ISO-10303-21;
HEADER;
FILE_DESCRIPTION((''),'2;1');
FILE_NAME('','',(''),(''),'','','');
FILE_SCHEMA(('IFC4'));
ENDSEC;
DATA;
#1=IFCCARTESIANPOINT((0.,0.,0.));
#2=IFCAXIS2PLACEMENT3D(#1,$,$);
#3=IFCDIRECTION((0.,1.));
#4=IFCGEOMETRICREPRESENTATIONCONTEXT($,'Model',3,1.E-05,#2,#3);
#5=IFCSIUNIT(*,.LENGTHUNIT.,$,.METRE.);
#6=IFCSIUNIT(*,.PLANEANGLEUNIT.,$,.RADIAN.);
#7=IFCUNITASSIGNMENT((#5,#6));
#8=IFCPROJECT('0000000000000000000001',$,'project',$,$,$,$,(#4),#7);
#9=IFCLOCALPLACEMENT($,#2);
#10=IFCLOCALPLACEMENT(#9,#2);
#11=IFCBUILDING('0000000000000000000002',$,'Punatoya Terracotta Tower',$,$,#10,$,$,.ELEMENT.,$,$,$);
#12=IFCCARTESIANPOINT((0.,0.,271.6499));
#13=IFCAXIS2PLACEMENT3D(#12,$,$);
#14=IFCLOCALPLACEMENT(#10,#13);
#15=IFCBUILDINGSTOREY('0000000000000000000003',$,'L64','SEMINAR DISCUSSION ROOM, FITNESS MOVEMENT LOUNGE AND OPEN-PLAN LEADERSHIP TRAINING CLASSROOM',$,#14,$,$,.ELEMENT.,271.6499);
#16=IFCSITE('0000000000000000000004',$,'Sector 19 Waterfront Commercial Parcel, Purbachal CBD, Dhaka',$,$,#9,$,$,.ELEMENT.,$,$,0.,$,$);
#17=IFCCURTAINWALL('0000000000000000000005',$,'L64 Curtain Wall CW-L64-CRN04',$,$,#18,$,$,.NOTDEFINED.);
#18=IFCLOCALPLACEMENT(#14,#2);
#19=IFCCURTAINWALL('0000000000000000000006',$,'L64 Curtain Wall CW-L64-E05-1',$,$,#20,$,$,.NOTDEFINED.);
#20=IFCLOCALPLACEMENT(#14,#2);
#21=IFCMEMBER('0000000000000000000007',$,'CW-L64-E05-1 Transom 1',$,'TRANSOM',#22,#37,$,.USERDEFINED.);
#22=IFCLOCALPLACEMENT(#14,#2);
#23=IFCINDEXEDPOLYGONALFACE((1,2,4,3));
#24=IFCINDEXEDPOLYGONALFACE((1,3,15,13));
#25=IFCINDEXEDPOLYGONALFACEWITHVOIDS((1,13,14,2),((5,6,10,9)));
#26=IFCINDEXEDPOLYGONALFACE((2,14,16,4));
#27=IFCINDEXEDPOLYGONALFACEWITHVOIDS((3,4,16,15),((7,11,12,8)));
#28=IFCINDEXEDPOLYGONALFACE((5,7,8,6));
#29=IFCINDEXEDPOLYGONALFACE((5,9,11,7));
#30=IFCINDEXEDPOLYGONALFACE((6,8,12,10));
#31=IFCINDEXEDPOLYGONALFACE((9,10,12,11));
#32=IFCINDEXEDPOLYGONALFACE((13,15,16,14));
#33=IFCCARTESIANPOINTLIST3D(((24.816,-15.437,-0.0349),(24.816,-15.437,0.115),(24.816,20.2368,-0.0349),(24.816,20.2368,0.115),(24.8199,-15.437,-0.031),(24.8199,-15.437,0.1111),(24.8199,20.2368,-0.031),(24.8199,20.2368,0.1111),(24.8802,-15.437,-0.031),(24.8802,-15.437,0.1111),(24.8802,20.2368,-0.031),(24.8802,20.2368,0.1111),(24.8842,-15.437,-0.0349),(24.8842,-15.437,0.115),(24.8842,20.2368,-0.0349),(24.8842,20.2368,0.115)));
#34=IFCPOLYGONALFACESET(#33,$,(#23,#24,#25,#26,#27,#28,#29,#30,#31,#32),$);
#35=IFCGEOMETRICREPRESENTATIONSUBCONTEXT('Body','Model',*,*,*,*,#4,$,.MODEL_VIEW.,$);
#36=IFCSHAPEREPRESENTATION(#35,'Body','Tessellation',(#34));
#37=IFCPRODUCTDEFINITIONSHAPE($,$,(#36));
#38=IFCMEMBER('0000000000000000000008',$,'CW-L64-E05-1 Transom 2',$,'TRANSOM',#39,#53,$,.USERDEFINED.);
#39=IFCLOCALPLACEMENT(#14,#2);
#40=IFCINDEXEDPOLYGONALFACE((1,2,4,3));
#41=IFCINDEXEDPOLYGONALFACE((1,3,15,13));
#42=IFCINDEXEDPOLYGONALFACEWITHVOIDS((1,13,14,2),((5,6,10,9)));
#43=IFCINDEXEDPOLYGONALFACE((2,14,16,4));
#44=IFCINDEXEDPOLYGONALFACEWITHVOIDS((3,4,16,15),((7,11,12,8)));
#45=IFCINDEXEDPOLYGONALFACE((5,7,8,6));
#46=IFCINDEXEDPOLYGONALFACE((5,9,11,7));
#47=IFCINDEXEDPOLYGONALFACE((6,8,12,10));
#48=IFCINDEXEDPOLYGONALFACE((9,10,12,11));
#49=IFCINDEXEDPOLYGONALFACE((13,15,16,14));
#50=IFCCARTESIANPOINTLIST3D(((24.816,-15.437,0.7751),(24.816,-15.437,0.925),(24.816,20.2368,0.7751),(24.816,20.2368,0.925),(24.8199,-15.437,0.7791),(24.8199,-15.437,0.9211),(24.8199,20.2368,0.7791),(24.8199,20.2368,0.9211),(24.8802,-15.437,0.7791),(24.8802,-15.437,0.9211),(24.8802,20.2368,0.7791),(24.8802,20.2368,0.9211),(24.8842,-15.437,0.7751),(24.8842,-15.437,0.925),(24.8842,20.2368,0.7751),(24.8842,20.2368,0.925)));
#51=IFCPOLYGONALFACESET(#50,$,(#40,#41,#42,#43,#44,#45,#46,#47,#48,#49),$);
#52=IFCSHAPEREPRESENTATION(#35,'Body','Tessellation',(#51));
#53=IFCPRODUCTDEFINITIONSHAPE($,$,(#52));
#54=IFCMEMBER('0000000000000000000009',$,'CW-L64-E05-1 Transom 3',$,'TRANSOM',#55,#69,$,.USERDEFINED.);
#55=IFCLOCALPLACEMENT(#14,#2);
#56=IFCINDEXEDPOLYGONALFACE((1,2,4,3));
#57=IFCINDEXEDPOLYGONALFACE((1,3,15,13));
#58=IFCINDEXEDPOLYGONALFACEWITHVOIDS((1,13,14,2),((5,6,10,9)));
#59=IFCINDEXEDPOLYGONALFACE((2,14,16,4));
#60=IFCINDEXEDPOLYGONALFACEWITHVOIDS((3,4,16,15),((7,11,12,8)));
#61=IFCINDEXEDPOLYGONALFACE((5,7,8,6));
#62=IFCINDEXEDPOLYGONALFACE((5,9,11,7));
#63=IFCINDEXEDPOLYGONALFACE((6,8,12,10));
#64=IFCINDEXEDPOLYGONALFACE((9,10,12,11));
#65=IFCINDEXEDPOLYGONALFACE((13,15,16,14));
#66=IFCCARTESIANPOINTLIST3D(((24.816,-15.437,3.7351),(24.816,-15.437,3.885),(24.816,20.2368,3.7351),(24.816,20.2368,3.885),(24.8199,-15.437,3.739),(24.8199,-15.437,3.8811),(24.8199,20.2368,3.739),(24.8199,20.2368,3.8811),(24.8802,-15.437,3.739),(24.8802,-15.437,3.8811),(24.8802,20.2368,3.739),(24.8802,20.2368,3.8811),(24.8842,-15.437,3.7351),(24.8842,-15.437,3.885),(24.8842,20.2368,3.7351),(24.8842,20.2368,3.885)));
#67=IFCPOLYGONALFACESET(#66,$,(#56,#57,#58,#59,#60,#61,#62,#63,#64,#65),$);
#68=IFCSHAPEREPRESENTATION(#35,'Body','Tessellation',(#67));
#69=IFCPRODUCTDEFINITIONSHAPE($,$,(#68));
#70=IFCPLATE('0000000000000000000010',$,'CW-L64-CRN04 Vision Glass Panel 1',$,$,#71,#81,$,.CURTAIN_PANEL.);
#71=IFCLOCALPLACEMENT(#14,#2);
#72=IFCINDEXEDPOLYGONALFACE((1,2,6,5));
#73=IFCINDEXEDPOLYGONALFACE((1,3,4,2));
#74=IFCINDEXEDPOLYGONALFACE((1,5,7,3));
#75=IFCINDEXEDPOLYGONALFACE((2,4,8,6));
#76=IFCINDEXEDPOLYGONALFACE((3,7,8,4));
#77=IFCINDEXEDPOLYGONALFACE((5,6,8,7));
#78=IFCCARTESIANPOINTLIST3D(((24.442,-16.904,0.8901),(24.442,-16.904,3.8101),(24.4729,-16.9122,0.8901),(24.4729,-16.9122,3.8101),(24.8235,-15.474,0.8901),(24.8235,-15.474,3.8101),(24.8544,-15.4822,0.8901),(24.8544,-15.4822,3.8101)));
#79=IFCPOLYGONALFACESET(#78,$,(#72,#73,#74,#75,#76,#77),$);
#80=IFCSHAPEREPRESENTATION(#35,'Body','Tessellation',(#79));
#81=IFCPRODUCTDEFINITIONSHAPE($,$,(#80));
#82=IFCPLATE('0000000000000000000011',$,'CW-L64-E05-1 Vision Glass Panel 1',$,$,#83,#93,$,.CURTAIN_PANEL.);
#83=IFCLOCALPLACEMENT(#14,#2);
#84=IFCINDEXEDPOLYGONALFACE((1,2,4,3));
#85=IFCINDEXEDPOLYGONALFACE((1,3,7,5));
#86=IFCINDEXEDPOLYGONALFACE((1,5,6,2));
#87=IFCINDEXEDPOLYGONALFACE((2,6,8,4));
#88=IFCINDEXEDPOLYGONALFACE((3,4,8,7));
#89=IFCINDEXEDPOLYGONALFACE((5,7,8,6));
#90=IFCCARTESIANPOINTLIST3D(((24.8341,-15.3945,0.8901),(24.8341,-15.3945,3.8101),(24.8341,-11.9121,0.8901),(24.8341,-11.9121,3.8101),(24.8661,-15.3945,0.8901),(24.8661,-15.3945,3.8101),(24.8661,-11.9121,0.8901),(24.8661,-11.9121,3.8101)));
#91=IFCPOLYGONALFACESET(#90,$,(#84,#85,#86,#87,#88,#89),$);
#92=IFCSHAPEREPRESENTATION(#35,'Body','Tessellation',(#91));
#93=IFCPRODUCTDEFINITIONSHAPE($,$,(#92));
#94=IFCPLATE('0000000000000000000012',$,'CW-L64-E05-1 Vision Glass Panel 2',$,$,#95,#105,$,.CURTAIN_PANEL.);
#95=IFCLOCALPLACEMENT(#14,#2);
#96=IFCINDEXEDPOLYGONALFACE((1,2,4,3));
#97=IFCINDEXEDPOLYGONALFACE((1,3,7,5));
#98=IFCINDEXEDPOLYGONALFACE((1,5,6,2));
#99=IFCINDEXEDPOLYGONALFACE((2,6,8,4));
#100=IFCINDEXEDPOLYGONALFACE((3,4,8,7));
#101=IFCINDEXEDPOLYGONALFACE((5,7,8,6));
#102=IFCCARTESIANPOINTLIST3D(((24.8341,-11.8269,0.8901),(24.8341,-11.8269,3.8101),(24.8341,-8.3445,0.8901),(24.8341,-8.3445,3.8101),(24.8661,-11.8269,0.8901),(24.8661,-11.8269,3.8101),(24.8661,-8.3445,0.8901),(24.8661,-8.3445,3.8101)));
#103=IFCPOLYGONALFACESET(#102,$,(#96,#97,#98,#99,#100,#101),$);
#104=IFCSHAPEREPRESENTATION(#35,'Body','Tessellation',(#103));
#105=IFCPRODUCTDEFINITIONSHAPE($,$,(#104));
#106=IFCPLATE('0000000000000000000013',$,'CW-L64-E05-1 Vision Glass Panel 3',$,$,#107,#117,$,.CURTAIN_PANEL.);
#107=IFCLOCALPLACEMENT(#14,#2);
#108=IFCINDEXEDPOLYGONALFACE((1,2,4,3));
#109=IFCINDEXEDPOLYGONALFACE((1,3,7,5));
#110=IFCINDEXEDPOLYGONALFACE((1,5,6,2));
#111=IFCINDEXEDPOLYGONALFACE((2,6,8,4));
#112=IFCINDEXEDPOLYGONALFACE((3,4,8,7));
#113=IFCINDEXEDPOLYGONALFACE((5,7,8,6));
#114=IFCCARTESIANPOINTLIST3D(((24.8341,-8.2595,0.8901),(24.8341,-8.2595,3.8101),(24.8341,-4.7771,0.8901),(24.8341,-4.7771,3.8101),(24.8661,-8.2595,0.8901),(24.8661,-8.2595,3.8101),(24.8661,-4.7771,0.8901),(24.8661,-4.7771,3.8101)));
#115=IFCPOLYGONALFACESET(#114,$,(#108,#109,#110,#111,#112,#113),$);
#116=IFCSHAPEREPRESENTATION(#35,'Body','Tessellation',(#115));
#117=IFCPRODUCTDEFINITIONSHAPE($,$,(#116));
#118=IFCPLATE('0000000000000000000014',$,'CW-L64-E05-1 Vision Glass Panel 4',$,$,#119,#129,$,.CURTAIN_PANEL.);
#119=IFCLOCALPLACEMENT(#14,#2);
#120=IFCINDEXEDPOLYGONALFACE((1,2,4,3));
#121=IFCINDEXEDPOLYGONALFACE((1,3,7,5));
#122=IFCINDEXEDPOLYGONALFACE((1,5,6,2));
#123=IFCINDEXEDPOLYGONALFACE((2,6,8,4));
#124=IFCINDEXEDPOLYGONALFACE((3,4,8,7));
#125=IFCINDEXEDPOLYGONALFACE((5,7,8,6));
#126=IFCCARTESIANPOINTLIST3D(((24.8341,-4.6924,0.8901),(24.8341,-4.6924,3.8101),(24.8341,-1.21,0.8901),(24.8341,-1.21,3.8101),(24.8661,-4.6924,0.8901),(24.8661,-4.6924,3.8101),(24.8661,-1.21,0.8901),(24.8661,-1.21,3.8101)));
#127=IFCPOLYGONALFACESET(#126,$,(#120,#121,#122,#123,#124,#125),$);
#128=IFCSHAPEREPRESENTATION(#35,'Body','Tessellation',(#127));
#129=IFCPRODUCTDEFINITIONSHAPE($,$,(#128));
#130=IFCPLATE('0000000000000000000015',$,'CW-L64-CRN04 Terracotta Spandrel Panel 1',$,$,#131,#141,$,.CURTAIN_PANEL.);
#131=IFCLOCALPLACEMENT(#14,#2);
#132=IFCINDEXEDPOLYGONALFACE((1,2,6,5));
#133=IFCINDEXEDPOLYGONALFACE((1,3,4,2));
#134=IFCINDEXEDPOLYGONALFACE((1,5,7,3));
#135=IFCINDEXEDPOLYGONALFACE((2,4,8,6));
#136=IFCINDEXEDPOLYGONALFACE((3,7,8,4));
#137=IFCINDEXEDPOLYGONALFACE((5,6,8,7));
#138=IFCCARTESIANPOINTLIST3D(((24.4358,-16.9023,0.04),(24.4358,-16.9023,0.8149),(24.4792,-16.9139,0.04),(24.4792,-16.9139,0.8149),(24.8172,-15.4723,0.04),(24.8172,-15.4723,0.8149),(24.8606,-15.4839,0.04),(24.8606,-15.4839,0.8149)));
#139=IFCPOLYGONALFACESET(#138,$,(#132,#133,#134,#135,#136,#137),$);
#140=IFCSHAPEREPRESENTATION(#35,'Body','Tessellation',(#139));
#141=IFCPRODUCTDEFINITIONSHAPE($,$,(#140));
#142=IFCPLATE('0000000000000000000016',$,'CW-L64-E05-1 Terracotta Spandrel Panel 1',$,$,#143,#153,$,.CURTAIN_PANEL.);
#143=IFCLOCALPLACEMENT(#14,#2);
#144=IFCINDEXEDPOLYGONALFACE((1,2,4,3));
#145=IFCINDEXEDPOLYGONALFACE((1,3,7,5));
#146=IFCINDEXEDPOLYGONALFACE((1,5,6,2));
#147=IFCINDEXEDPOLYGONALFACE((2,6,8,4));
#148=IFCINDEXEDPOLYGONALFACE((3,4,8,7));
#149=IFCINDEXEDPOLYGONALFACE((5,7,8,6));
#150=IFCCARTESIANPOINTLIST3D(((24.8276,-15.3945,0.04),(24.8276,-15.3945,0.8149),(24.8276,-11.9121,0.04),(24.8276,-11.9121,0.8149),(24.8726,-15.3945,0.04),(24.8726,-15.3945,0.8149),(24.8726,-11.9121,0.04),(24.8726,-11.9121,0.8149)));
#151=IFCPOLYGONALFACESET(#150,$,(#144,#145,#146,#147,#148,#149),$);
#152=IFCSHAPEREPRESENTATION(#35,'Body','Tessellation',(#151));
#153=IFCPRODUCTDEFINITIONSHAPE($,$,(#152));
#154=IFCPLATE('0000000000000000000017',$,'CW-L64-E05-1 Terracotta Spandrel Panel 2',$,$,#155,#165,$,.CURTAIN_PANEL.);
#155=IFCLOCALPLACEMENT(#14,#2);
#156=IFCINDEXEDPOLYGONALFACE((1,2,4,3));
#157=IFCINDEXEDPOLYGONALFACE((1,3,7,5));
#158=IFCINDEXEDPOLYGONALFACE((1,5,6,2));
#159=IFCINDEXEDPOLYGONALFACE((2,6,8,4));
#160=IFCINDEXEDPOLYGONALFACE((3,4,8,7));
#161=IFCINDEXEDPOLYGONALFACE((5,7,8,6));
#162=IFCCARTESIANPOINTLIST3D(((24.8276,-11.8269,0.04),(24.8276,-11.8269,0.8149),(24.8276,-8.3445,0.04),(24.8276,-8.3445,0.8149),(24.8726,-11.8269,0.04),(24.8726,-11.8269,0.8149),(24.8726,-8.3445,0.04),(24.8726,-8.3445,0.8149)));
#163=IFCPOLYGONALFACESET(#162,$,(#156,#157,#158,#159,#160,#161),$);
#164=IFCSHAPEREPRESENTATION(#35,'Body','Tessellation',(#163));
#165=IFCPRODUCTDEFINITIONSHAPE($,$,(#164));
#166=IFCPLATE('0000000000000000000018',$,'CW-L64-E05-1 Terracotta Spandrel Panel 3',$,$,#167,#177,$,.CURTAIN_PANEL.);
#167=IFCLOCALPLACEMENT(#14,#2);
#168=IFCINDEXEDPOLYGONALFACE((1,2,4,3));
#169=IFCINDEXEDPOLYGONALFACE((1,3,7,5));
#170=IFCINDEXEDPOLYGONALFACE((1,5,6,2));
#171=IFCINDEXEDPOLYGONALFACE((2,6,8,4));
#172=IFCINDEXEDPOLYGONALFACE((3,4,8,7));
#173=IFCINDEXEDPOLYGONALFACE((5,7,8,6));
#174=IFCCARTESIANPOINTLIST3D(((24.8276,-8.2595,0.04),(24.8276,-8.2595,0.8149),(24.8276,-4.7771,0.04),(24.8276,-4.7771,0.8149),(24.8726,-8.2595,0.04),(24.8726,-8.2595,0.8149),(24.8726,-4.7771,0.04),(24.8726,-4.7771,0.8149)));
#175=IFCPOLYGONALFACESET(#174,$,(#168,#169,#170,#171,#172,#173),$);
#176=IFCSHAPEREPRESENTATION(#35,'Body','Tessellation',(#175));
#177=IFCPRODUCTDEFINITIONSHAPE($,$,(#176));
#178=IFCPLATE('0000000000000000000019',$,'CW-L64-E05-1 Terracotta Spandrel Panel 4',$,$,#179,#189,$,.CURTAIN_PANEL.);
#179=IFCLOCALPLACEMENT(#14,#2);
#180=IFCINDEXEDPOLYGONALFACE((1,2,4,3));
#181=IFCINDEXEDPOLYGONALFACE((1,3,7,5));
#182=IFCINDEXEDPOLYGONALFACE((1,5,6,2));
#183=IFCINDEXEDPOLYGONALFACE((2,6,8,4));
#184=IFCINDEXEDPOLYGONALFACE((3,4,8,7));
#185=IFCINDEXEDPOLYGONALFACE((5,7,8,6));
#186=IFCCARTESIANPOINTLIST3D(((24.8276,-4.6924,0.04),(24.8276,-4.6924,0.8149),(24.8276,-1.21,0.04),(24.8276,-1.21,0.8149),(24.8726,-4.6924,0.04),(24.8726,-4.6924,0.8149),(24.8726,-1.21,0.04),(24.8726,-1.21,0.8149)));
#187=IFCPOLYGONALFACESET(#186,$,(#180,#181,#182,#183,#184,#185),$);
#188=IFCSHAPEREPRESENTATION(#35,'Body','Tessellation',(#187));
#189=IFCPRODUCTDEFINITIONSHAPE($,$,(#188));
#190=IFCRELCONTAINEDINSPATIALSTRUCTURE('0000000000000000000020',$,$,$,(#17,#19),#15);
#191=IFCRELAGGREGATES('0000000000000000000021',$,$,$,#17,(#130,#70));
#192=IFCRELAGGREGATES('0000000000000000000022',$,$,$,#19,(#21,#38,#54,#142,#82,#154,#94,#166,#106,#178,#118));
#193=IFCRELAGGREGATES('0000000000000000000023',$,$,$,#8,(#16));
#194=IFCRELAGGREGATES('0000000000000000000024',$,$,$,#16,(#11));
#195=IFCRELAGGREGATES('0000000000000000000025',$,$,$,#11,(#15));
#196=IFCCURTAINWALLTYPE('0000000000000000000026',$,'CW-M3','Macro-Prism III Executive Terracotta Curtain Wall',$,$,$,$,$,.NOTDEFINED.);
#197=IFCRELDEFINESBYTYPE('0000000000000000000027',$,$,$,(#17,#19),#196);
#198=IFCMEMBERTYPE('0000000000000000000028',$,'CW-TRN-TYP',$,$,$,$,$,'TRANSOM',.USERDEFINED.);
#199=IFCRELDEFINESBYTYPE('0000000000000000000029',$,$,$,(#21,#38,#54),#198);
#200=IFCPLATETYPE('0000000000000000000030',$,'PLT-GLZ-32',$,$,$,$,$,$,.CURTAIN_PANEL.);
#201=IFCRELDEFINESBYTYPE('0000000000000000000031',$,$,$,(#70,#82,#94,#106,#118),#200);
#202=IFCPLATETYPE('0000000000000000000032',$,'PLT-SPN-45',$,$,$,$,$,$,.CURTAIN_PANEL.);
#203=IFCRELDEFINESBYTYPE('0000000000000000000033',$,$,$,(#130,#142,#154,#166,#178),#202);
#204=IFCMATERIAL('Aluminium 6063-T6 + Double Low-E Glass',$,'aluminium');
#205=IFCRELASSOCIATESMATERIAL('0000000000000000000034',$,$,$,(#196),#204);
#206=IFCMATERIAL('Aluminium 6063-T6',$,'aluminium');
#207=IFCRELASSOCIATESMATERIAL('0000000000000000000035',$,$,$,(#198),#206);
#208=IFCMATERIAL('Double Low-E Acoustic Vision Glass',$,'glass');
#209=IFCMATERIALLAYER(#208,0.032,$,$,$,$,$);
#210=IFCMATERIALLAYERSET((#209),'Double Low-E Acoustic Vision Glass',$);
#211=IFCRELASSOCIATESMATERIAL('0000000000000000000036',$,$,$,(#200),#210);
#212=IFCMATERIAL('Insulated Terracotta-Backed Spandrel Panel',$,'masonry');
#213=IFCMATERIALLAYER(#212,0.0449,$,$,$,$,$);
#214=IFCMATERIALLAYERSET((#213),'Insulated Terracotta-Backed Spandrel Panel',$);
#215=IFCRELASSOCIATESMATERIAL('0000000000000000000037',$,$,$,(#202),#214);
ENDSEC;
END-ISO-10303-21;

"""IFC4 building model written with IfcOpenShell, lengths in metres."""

from ifc_helpers import new_model, si_unit, direction, frame, origin, origin_2d, place, context, subcontext, project, spatial, rectangle, hollow_rectangle, extrude, material, layer, layer_set, material_profile, profile_set, type_object, element, aggregate, save


model = new_model("IFC4")

# Units and contexts
model_context = context("Model", 3, precision=1e-05, world=origin(), true_north=direction((0.0, 1.0)))
body_context = subcontext(model_context, "Body", "Model", "MODEL_VIEW")
ifc_project = project(units=[si_unit("LENGTHUNIT", "METRE"), si_unit("PLANEANGLEUNIT", "RADIAN")], contexts=[model_context])

# Site, building, storey
site_placement = place(None, origin())
site = spatial("IfcSite", under=ifc_project, at=site_placement, Name="Sector 19 Waterfront Commercial Parcel, Purbachal CBD, Dhaka", CompositionType="ELEMENT", RefElevation=0.0)
building_placement = place(site_placement, origin())
building = spatial("IfcBuilding", under=site, at=building_placement, Name="Punatoya Terracotta Tower", CompositionType="ELEMENT")
storey_placement = place(building_placement, frame((0.0, 0.0, 271.6499)))
storey = spatial("IfcBuildingStorey", under=building, at=storey_placement, Name="L64", Description="SEMINAR DISCUSSION ROOM, FITNESS MOVEMENT LOUNGE AND OPEN-PLAN LEADERSHIP TRAINING CLASSROOM", CompositionType="ELEMENT", Elevation=271.6499)

# Curtain walls
ifc_material_1 = material(Name="Aluminium 6063-T6 + Double Low-E Glass", Category="aluminium")
curtain_wall_type = type_object("IfcCurtainWallType", Name="CW-M3", Description="Macro-Prism III Executive Terracotta Curtain Wall", PredefinedType="NOTDEFINED", material=ifc_material_1)
curtain_wall_1_placement = place(storey_placement, origin())
curtain_wall_1 = element("IfcCurtainWall", 1, at=curtain_wall_1_placement, inside=storey, type_object=curtain_wall_type, Name="L64 Curtain Wall CW-L64-CRN04", PredefinedType="NOTDEFINED")
ifc_material_2 = material(Name="Aluminium 6063-T6", Category="aluminium")
curtain_wall_2_placement = place(storey_placement, origin())
curtain_wall_2 = element("IfcCurtainWall", 2, at=curtain_wall_2_placement, inside=storey, type_object=curtain_wall_type, Name="L64 Curtain Wall CW-L64-E05-1", PredefinedType="NOTDEFINED")

# Members
ifc_material_profile_1 = material_profile(ifc_material_2, hollow_rectangle(XDim=0.0681, YDim=0.1499, WallThickness=0.0039, at=origin_2d()))
ifc_profile_set_1 = profile_set([ifc_material_profile_1], Name="Aluminium 6063-T6")
member_type_1 = type_object("IfcMemberType", Name="CW-TRN-TYP", ElementType="TRANSOM", PredefinedType="USERDEFINED", material=ifc_profile_set_1)
member_1_placement = place(storey_placement, frame((24.8501, -15.437, 0.04), z_axis=(0.0, 1.0, 0.0), x_axis=(-1.0, 0.0, 0.0)))
member_1 = element("IfcMember", 3, at=member_1_placement, type_object=member_type_1, Name="CW-L64-E05-1 Transom 1", ObjectType="TRANSOM", PredefinedType="USERDEFINED", context=body_context, shape_type="SweptSolid", body=[
    extrude(hollow_rectangle(XDim=0.0681, YDim=0.1499, WallThickness=0.0039, at=origin_2d()), origin(), (0.0, 0.0, 1.0), 35.6738),
])
member_2_placement = place(storey_placement, frame((24.8501, -15.437, 0.8501), z_axis=(0.0, 1.0, 0.0), x_axis=(-1.0, 0.0, 0.0)))
member_2 = element("IfcMember", 4, at=member_2_placement, type_object=member_type_1, Name="CW-L64-E05-1 Transom 2", ObjectType="TRANSOM", PredefinedType="USERDEFINED", context=body_context, shape_type="SweptSolid", body=[
    extrude(hollow_rectangle(XDim=0.0681, YDim=0.1499, WallThickness=0.0039, at=origin_2d()), origin(), (0.0, 0.0, 1.0), 35.6738),
])
member_3_placement = place(storey_placement, frame((24.8501, -15.437, 3.8101), z_axis=(0.0, 1.0, 0.0), x_axis=(-1.0, 0.0, 0.0)))
member_3 = element("IfcMember", 5, at=member_3_placement, type_object=member_type_1, Name="CW-L64-E05-1 Transom 3", ObjectType="TRANSOM", PredefinedType="USERDEFINED", context=body_context, shape_type="SweptSolid", body=[
    extrude(hollow_rectangle(XDim=0.0681, YDim=0.1499, WallThickness=0.0039, at=origin_2d()), origin(), (0.0, 0.0, 1.0), 35.6738),
])

# Plates
ifc_material_3 = material(Name="Double Low-E Acoustic Vision Glass", Category="glass")
ifc_layer_1 = layer(ifc_material_3, 0.032)
ifc_layer_set_1 = layer_set([ifc_layer_1], Name="Double Low-E Acoustic Vision Glass")
plate_type_1 = type_object("IfcPlateType", Name="PLT-GLZ-32", PredefinedType="CURTAIN_PANEL", material=ifc_layer_set_1)
plate_1_placement = place(storey_placement, frame((24.6482, -16.1931, 0.8901), z_axis=(0.0, 0.0, 1.0), x_axis=(0.257742, 0.966214, 0.0)))
plate_1 = element("IfcPlate", 6, at=plate_1_placement, type_object=plate_type_1, Name="CW-L64-CRN04 Vision Glass Panel 1", PredefinedType="CURTAIN_PANEL", context=body_context, shape_type="SweptSolid", body=[
    extrude(rectangle(XDim=1.48, YDim=0.032, at=origin_2d()), origin(), (0.0, 0.0, 1.0), 2.9199),
])
plate_2_placement = place(storey_placement, frame((24.8501, -13.6533, 0.8901), z_axis=(0.0, 0.0, 1.0), x_axis=(0.0, 1.0, 0.0)))
plate_2 = element("IfcPlate", 7, at=plate_2_placement, type_object=plate_type_1, Name="CW-L64-E05-1 Vision Glass Panel 1", PredefinedType="CURTAIN_PANEL", context=body_context, shape_type="SweptSolid", body=[
    extrude(rectangle(XDim=3.4824, YDim=0.032, at=origin_2d()), origin(), (0.0, 0.0, 1.0), 2.9199),
])
plate_3_placement = place(storey_placement, frame((24.8501, -10.0857, 0.8901), z_axis=(0.0, 0.0, 1.0), x_axis=(0.0, 1.0, 0.0)))
plate_3 = element("IfcPlate", 8, at=plate_3_placement, type_object=plate_type_1, Name="CW-L64-E05-1 Vision Glass Panel 2", PredefinedType="CURTAIN_PANEL", context=body_context, shape_type="SweptSolid", body=[
    extrude(rectangle(XDim=3.4824, YDim=0.032, at=origin_2d()), origin(), (0.0, 0.0, 1.0), 2.9199),
])
plate_4_placement = place(storey_placement, frame((24.8501, -6.5183, 0.8901), z_axis=(0.0, 0.0, 1.0), x_axis=(0.0, 1.0, 0.0)))
plate_4 = element("IfcPlate", 9, at=plate_4_placement, type_object=plate_type_1, Name="CW-L64-E05-1 Vision Glass Panel 3", PredefinedType="CURTAIN_PANEL", context=body_context, shape_type="SweptSolid", body=[
    extrude(rectangle(XDim=3.4824, YDim=0.032, at=origin_2d()), origin(), (0.0, 0.0, 1.0), 2.9199),
])
plate_5_placement = place(storey_placement, frame((24.8501, -2.9512, 0.8901), z_axis=(0.0, 0.0, 1.0), x_axis=(0.0, 1.0, 0.0)))
plate_5 = element("IfcPlate", 10, at=plate_5_placement, type_object=plate_type_1, Name="CW-L64-E05-1 Vision Glass Panel 4", PredefinedType="CURTAIN_PANEL", context=body_context, shape_type="SweptSolid", body=[
    extrude(rectangle(XDim=3.4824, YDim=0.032, at=origin_2d()), origin(), (0.0, 0.0, 1.0), 2.9199),
])
ifc_material_4 = material(Name="Insulated Terracotta-Backed Spandrel Panel", Category="masonry")
ifc_layer_2 = layer(ifc_material_4, 0.0449)
ifc_layer_set_2 = layer_set([ifc_layer_2], Name="Insulated Terracotta-Backed Spandrel Panel")
plate_type_2 = type_object("IfcPlateType", Name="PLT-SPN-45", PredefinedType="CURTAIN_PANEL", material=ifc_layer_set_2)
plate_6_placement = place(storey_placement, frame((24.6482, -16.1931, 0.04), z_axis=(0.0, 0.0, 1.0), x_axis=(0.257742, 0.966214, 0.0)))
plate_6 = element("IfcPlate", 11, at=plate_6_placement, type_object=plate_type_2, Name="CW-L64-CRN04 Terracotta Spandrel Panel 1", PredefinedType="CURTAIN_PANEL", context=body_context, shape_type="SweptSolid", body=[
    extrude(rectangle(XDim=1.48, YDim=0.0449, at=origin_2d()), origin(), (0.0, 0.0, 1.0), 0.7749),
])
aggregate(curtain_wall_1, [plate_6, plate_1])
plate_7_placement = place(storey_placement, frame((24.8501, -13.6533, 0.04), z_axis=(0.0, 0.0, 1.0), x_axis=(0.0, 1.0, 0.0)))
plate_7 = element("IfcPlate", 12, at=plate_7_placement, type_object=plate_type_2, Name="CW-L64-E05-1 Terracotta Spandrel Panel 1", PredefinedType="CURTAIN_PANEL", context=body_context, shape_type="SweptSolid", body=[
    extrude(rectangle(XDim=3.4824, YDim=0.0449, at=origin_2d()), origin(), (0.0, 0.0, 1.0), 0.7749),
])
plate_8_placement = place(storey_placement, frame((24.8501, -10.0857, 0.04), z_axis=(0.0, 0.0, 1.0), x_axis=(0.0, 1.0, 0.0)))
plate_8 = element("IfcPlate", 13, at=plate_8_placement, type_object=plate_type_2, Name="CW-L64-E05-1 Terracotta Spandrel Panel 2", PredefinedType="CURTAIN_PANEL", context=body_context, shape_type="SweptSolid", body=[
    extrude(rectangle(XDim=3.4824, YDim=0.0449, at=origin_2d()), origin(), (0.0, 0.0, 1.0), 0.7749),
])
plate_9_placement = place(storey_placement, frame((24.8501, -6.5183, 0.04), z_axis=(0.0, 0.0, 1.0), x_axis=(0.0, 1.0, 0.0)))
plate_9 = element("IfcPlate", 14, at=plate_9_placement, type_object=plate_type_2, Name="CW-L64-E05-1 Terracotta Spandrel Panel 3", PredefinedType="CURTAIN_PANEL", context=body_context, shape_type="SweptSolid", body=[
    extrude(rectangle(XDim=3.4824, YDim=0.0449, at=origin_2d()), origin(), (0.0, 0.0, 1.0), 0.7749),
])
plate_10_placement = place(storey_placement, frame((24.8501, -2.9512, 0.04), z_axis=(0.0, 0.0, 1.0), x_axis=(0.0, 1.0, 0.0)))
plate_10 = element("IfcPlate", 15, at=plate_10_placement, type_object=plate_type_2, Name="CW-L64-E05-1 Terracotta Spandrel Panel 4", PredefinedType="CURTAIN_PANEL", context=body_context, shape_type="SweptSolid", body=[
    extrude(rectangle(XDim=3.4824, YDim=0.0449, at=origin_2d()), origin(), (0.0, 0.0, 1.0), 0.7749),
])
aggregate(curtain_wall_2, [member_1, member_2, member_3, plate_7, plate_2, plate_8, plate_3, plate_9, plate_4, plate_10, plate_5])

save(model, "model.ifc")
